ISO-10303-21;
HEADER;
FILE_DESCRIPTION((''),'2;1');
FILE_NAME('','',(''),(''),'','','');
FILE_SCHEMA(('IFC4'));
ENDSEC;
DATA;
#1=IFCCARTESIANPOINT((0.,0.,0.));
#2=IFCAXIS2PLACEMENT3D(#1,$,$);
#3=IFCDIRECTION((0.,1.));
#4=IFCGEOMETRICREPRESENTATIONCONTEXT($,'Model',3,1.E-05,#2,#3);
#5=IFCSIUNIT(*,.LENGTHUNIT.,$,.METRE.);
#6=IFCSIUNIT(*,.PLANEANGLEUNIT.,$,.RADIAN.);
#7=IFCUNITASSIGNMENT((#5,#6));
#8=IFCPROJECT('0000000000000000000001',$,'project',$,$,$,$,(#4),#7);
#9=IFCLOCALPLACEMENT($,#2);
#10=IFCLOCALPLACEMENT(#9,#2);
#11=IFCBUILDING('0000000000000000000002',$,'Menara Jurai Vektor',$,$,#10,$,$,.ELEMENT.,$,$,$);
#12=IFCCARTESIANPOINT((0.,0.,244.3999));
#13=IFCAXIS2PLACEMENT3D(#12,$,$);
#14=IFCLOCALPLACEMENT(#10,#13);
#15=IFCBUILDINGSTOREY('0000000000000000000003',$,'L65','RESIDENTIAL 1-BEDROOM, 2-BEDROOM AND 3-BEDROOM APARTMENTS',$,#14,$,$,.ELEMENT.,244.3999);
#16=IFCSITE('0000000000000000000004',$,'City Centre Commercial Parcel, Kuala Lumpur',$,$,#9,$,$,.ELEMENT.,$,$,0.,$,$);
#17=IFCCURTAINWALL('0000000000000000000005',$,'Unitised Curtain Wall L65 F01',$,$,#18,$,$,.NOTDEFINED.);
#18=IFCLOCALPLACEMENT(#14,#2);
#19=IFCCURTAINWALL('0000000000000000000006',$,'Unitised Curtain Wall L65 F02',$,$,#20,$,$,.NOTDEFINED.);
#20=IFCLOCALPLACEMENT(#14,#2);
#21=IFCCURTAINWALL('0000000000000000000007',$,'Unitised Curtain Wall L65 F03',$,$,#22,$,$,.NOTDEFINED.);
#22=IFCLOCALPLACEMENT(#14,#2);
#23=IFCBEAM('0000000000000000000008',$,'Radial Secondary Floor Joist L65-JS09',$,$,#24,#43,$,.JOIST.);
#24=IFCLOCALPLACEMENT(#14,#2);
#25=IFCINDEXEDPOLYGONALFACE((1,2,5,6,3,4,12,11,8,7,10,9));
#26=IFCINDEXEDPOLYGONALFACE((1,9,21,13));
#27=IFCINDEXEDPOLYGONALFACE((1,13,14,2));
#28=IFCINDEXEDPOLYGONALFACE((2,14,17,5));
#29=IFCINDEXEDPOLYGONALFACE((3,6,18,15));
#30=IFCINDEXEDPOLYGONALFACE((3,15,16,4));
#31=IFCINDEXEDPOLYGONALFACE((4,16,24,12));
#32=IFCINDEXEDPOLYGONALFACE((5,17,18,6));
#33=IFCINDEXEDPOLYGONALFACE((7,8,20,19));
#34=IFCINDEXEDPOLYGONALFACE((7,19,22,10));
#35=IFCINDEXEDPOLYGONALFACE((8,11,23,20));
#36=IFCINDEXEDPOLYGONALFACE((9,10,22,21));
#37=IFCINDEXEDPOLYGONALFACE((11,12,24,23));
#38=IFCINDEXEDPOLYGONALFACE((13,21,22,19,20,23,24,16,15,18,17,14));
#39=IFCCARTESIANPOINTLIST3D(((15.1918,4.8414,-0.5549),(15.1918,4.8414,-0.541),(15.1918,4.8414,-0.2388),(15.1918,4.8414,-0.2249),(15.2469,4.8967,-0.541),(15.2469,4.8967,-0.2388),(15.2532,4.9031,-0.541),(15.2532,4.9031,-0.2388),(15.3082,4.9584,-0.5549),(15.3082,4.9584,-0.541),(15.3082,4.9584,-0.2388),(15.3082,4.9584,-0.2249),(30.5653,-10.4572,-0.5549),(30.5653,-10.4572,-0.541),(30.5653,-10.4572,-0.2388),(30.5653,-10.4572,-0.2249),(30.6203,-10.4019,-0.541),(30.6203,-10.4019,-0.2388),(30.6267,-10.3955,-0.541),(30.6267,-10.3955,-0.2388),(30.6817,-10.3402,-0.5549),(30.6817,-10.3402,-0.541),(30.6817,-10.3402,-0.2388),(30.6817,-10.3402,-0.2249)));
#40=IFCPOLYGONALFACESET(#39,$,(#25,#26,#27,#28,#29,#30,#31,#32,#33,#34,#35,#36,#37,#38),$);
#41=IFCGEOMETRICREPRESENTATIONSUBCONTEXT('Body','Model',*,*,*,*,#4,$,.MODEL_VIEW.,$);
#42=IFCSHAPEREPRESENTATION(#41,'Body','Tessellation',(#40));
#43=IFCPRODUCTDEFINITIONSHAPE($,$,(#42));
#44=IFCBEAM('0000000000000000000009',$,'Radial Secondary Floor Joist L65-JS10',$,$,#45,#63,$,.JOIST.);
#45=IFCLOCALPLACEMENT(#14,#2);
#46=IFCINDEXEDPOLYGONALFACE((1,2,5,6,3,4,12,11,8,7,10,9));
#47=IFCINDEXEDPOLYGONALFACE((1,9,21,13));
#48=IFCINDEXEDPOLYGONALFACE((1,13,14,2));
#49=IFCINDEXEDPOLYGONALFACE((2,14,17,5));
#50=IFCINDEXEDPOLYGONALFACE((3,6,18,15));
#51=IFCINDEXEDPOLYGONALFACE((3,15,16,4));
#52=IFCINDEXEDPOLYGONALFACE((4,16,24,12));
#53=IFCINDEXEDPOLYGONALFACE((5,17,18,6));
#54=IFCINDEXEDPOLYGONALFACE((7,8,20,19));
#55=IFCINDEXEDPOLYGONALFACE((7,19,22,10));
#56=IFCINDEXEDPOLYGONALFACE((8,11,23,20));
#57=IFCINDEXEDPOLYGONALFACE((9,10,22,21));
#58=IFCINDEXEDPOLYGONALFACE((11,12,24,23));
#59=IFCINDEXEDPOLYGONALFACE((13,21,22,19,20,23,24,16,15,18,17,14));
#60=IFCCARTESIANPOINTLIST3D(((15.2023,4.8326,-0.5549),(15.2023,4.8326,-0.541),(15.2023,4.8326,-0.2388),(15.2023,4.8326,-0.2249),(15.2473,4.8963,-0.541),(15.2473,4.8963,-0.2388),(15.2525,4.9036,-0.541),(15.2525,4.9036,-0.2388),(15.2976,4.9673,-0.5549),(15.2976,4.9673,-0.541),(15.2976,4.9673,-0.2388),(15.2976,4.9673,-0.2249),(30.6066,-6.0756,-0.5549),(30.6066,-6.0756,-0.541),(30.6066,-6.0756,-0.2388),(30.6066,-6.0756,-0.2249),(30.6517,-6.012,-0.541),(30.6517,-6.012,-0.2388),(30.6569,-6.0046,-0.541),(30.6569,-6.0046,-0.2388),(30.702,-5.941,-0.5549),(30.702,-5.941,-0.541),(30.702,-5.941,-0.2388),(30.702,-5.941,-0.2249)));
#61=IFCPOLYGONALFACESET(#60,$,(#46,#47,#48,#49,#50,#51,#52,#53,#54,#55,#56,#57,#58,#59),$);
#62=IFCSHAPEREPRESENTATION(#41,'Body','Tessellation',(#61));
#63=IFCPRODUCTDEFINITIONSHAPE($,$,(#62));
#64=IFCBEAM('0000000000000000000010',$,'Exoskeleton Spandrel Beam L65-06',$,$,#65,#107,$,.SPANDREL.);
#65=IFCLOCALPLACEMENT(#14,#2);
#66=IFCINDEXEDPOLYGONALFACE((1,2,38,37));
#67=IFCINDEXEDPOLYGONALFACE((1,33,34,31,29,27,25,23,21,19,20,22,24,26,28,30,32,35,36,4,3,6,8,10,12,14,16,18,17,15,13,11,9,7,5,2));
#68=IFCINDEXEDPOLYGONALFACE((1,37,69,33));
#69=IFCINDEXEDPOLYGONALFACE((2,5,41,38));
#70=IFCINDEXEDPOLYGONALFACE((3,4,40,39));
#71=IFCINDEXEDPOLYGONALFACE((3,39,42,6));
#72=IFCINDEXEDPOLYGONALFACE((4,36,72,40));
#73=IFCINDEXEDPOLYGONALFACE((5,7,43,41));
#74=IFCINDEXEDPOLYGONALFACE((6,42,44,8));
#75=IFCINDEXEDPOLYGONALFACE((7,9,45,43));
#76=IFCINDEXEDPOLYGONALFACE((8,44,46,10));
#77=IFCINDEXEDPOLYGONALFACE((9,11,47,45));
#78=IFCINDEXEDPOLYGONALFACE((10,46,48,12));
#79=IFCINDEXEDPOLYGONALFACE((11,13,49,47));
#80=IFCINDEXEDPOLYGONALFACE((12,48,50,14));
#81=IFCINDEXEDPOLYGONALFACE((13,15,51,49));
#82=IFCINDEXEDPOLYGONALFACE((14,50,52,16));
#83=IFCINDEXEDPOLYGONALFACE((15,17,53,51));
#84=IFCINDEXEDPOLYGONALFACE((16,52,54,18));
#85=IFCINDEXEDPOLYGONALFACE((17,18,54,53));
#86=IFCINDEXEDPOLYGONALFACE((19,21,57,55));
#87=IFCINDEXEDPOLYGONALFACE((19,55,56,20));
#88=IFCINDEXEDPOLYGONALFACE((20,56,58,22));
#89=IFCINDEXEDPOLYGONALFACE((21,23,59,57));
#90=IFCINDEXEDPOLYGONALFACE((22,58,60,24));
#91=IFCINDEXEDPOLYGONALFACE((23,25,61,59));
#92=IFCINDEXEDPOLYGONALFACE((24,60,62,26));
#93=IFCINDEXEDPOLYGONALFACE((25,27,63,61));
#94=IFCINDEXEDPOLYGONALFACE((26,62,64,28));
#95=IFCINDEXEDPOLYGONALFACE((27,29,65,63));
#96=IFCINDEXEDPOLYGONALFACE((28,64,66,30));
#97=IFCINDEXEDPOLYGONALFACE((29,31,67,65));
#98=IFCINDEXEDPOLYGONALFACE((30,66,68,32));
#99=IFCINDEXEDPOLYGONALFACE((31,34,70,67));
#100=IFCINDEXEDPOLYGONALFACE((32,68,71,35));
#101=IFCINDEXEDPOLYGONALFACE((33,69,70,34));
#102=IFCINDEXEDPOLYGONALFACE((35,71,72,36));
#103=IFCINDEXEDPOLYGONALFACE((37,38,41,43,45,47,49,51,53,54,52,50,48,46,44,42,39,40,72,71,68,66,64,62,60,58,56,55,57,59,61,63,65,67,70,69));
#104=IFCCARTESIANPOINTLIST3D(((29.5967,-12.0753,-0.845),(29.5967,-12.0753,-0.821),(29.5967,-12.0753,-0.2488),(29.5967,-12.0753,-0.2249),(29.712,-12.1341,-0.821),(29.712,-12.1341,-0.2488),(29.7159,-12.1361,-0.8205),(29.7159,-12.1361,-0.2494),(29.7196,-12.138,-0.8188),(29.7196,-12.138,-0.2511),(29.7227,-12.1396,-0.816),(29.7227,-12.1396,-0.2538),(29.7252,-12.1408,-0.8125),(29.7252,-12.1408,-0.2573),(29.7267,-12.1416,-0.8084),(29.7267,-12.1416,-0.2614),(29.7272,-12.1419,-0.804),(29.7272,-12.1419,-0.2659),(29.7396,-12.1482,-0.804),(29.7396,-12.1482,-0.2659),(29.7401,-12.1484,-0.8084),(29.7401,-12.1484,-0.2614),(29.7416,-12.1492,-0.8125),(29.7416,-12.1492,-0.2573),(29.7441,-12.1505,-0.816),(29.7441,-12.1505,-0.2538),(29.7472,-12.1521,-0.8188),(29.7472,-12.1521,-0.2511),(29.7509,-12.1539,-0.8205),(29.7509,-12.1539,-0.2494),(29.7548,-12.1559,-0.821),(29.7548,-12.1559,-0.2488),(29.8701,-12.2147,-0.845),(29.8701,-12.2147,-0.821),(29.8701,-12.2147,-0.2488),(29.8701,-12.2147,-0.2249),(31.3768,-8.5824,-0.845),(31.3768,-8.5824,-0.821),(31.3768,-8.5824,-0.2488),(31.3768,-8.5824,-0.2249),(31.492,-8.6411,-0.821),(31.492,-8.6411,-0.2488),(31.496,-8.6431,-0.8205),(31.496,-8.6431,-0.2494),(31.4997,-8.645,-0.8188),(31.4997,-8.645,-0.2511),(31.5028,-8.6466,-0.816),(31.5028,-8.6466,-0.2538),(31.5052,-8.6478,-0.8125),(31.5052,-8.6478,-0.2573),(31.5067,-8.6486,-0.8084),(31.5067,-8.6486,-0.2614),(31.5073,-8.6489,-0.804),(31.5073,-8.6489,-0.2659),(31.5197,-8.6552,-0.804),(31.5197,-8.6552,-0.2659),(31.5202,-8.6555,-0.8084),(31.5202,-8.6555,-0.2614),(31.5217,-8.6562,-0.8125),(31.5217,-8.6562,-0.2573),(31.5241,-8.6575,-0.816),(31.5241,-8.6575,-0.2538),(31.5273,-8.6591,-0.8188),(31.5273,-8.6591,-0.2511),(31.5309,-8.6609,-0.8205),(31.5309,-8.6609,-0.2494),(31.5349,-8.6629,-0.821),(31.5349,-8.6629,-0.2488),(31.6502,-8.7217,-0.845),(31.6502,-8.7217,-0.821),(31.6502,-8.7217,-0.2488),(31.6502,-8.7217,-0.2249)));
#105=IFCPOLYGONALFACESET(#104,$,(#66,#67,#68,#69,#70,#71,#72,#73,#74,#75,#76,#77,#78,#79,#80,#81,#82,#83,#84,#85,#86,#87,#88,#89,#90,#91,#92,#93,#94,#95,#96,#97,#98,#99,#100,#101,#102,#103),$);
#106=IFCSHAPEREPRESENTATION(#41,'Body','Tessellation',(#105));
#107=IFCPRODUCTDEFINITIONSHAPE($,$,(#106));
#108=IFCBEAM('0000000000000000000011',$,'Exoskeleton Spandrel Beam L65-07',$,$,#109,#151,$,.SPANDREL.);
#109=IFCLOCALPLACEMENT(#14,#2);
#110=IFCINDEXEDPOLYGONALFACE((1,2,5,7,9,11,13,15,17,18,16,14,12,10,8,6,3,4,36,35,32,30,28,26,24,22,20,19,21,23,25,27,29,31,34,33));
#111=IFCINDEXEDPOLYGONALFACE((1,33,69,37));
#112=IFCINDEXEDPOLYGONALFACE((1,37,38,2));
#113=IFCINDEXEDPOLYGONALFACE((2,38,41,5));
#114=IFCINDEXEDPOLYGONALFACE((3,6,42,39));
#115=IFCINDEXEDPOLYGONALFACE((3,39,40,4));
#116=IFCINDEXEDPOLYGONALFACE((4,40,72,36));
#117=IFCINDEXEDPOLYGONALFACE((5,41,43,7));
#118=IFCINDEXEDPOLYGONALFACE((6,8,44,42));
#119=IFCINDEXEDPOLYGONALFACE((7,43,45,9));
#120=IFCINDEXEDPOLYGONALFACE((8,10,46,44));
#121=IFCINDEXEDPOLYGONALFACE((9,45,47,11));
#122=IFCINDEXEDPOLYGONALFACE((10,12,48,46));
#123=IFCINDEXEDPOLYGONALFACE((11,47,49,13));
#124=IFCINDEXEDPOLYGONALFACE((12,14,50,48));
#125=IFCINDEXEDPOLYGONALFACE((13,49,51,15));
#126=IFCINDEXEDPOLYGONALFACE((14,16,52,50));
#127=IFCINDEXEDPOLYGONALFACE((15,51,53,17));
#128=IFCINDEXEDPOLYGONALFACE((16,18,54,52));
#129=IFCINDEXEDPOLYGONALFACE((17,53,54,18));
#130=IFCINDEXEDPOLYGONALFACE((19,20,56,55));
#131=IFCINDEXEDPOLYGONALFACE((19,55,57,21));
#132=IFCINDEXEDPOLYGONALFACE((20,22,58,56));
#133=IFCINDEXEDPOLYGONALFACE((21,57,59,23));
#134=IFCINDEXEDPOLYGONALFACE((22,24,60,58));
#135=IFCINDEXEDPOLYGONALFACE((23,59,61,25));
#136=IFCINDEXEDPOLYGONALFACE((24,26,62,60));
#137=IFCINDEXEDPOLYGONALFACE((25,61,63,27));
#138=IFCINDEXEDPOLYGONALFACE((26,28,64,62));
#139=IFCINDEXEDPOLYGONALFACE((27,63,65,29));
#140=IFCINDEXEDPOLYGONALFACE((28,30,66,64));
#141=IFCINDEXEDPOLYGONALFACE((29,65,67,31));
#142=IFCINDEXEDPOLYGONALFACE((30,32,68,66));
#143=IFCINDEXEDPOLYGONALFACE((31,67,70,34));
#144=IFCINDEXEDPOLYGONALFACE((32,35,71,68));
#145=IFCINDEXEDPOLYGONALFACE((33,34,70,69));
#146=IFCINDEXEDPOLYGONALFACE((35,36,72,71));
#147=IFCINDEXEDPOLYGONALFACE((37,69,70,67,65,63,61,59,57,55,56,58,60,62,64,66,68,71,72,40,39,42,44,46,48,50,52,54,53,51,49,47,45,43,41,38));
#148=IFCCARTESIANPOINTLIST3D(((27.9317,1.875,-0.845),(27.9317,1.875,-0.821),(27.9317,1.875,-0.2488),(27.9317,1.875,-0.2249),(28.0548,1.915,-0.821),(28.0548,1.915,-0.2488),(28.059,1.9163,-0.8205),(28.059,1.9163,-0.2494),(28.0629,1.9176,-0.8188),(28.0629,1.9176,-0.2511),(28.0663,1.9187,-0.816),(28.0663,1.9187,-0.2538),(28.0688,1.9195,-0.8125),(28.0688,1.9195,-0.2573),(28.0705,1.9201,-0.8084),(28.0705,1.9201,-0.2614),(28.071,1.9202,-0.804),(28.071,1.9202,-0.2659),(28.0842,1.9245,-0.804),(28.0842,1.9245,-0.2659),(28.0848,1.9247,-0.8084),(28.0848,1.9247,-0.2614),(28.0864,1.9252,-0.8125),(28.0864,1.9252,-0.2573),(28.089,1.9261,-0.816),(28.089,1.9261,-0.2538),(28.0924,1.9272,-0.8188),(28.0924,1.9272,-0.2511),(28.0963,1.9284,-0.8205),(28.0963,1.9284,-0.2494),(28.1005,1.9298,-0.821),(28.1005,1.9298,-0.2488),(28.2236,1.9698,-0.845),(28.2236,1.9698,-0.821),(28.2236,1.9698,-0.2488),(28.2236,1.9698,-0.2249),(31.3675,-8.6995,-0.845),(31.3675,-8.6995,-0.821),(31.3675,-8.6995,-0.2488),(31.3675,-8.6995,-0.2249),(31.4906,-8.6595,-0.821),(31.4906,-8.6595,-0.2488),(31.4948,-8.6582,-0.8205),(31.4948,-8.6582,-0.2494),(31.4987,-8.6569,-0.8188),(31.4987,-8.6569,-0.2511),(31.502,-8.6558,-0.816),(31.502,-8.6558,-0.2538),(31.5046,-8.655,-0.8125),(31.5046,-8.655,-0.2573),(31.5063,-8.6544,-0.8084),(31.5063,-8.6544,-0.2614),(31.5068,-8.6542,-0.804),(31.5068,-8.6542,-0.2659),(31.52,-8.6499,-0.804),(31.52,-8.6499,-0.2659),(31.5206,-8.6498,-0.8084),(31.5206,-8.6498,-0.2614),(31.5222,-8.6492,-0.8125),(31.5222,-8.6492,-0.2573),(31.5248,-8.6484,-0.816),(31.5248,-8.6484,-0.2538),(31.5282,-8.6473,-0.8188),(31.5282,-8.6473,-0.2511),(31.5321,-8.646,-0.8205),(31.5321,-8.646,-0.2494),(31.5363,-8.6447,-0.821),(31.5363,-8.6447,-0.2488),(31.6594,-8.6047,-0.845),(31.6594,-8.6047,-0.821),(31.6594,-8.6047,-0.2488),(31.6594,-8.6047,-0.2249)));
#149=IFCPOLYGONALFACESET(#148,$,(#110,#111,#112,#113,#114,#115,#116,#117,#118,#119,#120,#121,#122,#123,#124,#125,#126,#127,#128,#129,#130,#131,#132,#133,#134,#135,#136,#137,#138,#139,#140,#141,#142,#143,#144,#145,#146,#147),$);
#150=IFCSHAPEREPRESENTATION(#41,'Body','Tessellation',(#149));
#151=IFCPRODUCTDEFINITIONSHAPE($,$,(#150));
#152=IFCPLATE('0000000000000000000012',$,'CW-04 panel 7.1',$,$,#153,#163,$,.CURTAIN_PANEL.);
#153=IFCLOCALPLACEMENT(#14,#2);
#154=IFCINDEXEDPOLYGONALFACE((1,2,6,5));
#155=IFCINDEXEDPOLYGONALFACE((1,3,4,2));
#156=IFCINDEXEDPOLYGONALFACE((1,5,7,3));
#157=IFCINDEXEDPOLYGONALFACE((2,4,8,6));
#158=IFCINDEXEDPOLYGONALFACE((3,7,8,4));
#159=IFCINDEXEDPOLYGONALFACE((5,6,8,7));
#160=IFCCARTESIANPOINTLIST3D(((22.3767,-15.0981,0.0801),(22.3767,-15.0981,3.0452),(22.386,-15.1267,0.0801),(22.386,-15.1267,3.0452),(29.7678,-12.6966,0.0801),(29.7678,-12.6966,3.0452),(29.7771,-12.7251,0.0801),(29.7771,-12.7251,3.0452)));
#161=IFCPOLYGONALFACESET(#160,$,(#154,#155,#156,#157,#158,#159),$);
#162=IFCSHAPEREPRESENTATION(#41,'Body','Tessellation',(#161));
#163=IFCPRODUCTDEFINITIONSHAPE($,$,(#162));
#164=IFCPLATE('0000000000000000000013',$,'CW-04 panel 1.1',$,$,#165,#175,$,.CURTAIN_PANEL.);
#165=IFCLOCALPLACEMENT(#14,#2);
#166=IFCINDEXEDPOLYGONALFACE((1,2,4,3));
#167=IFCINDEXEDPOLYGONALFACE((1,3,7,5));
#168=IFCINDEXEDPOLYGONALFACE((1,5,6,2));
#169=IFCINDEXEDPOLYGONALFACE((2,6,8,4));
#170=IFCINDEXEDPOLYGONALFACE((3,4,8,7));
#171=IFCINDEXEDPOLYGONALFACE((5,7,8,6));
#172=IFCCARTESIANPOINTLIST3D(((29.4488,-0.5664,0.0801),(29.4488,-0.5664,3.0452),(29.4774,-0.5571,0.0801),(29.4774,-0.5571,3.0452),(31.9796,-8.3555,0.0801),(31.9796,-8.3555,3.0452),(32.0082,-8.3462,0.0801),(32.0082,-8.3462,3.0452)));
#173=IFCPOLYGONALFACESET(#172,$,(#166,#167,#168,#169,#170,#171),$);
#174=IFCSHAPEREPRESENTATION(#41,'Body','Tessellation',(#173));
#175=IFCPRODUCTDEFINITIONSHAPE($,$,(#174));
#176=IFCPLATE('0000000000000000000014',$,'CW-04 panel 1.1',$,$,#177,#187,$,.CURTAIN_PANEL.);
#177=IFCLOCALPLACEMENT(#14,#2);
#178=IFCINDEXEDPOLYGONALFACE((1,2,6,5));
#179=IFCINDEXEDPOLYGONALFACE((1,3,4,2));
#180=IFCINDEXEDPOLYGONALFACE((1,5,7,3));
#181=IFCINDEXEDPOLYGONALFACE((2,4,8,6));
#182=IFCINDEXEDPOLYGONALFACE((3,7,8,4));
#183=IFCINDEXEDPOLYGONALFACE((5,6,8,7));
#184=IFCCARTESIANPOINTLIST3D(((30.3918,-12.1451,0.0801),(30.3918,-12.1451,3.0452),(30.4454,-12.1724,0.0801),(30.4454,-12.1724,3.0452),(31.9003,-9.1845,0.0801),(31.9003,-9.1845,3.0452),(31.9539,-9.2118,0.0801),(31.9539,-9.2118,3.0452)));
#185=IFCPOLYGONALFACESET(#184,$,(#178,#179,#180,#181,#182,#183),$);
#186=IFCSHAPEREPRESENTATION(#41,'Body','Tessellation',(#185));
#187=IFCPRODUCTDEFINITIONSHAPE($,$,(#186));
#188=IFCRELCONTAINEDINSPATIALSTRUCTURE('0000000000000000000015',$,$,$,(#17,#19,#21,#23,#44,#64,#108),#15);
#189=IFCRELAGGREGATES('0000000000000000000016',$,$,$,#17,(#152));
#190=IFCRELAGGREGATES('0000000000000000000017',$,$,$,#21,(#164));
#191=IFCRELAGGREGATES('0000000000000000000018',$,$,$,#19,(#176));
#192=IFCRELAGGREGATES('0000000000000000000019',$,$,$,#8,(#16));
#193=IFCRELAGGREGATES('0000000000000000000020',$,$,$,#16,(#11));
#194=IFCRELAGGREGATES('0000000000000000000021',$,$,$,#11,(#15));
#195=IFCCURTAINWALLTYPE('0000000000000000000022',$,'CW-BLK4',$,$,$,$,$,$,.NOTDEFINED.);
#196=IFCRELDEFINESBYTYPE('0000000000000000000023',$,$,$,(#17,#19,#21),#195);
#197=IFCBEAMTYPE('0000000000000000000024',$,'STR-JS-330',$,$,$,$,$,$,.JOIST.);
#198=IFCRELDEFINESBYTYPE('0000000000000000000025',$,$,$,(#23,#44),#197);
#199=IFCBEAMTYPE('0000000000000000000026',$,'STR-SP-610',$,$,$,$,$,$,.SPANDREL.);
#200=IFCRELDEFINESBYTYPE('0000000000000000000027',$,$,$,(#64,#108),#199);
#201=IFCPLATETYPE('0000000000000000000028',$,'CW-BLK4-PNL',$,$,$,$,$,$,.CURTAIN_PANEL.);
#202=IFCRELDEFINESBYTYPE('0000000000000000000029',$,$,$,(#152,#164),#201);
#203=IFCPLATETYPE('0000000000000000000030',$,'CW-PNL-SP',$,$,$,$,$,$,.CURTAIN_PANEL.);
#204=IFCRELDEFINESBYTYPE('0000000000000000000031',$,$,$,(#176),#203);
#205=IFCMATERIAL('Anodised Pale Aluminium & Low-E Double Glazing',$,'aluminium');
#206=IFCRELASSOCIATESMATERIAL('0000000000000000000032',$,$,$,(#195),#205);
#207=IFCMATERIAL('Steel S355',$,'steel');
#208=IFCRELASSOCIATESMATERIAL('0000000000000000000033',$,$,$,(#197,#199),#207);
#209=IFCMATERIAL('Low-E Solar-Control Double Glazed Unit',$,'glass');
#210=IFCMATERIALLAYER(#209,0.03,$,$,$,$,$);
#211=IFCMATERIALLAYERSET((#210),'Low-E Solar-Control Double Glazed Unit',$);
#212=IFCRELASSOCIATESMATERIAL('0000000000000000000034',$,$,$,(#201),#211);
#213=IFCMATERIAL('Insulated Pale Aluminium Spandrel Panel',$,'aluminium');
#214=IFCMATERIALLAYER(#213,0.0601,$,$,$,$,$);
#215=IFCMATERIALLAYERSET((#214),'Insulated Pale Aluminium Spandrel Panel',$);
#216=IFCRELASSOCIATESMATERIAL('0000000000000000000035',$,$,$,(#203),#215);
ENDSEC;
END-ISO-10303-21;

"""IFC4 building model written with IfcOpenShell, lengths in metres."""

from ifc_helpers import new_model, si_unit, direction, frame, origin, origin_2d, place, context, subcontext, project, spatial, rectangle, i_section, extrude, material, layer, layer_set, material_profile, profile_set, type_object, element, aggregate, save


model = new_model("IFC4")

# Units and contexts
model_context = context("Model", 3, precision=1e-05, world=origin(), true_north=direction((0.0, 1.0)))
body_context = subcontext(model_context, "Body", "Model", "MODEL_VIEW")
ifc_project = project(units=[si_unit("LENGTHUNIT", "METRE"), si_unit("PLANEANGLEUNIT", "RADIAN")], contexts=[model_context])

# Site, building, storey
site_placement = place(None, origin())
site = spatial("IfcSite", under=ifc_project, at=site_placement, Name="City Centre Commercial Parcel, Kuala Lumpur", CompositionType="ELEMENT", RefElevation=0.0)
building_placement = place(site_placement, origin())
building = spatial("IfcBuilding", under=site, at=building_placement, Name="Menara Jurai Vektor", CompositionType="ELEMENT")
storey_placement = place(building_placement, frame((0.0, 0.0, 244.3999)))
storey = spatial("IfcBuildingStorey", under=building, at=storey_placement, Name="L65", Description="RESIDENTIAL 1-BEDROOM, 2-BEDROOM AND 3-BEDROOM APARTMENTS", CompositionType="ELEMENT", Elevation=244.3999)

# Curtain wall
ifc_material_1 = material(Name="Anodised Pale Aluminium & Low-E Double Glazing", Category="aluminium")
curtain_wall_type = type_object("IfcCurtainWallType", Name="CW-BLK4", PredefinedType="NOTDEFINED", material=ifc_material_1)
curtain_wall_1_placement = place(storey_placement, origin())
curtain_wall_1 = element("IfcCurtainWall", 1, at=curtain_wall_1_placement, inside=storey, type_object=curtain_wall_type, Name="Unitised Curtain Wall L65 F01", PredefinedType="NOTDEFINED")

# Curtain walls
curtain_wall_2_placement = place(storey_placement, origin())
curtain_wall_2 = element("IfcCurtainWall", 2, at=curtain_wall_2_placement, inside=storey, type_object=curtain_wall_type, Name="Unitised Curtain Wall L65 F02", PredefinedType="NOTDEFINED")
curtain_wall_3_placement = place(storey_placement, origin())
curtain_wall_3 = element("IfcCurtainWall", 3, at=curtain_wall_3_placement, inside=storey, type_object=curtain_wall_type, Name="Unitised Curtain Wall L65 F03", PredefinedType="NOTDEFINED")

# Shared definitions
ifc_material_2 = material(Name="Steel S355", Category="steel")

# Beams
ifc_material_profile_1 = material_profile(ifc_material_2, i_section(OverallWidth=0.165, OverallDepth=0.3301, WebThickness=0.009, FlangeThickness=0.0139, at=origin_2d()), Name="PG 330x165x46")
ifc_profile_set_1 = profile_set([ifc_material_profile_1], Name="Steel S355")
beam_type_1 = type_object("IfcBeamType", Name="STR-JS-330", PredefinedType="JOIST", material=ifc_profile_set_1)
beam_1_placement = place(storey_placement, frame((30.6235, -10.3987, -0.3899), z_axis=(-0.708833, 0.705377, 0.0), x_axis=(-0.705377, -0.708833, 0.0)))
element("IfcBeam", 4, at=beam_1_placement, inside=storey, type_object=beam_type_1, Name="Radial Secondary Floor Joist L65-JS09", PredefinedType="JOIST", context=body_context, shape_type="SweptSolid", body=[
    extrude(i_section(OverallWidth=0.165, OverallDepth=0.3301, WebThickness=0.009, FlangeThickness=0.0139, at=origin_2d()), origin(), (0.0, 0.0, 1.0), 21.6885),
])
beam_2_placement = place(storey_placement, frame((30.6543, -6.0083, -0.3899), z_axis=(-0.816104, 0.577905, 0.0), x_axis=(-0.577905, -0.816104, 0.0)))
element("IfcBeam", 5, at=beam_2_placement, inside=storey, type_object=beam_type_1, Name="Radial Secondary Floor Joist L65-JS10", PredefinedType="JOIST", context=body_context, shape_type="SweptSolid", body=[
    extrude(i_section(OverallWidth=0.165, OverallDepth=0.3301, WebThickness=0.009, FlangeThickness=0.0139, at=origin_2d()), origin(), (0.0, 0.0, 1.0), 18.8755),
])
ifc_material_profile_2 = material_profile(ifc_material_2, i_section(OverallWidth=0.3069, OverallDepth=0.6201, WebThickness=0.0139, FlangeThickness=0.0239, FilletRadius=0.0171, at=origin_2d()), Name="UKB 610x305x179")
ifc_profile_set_2 = profile_set([ifc_material_profile_2], Name="Steel S355")
beam_type_2 = type_object("IfcBeamType", Name="STR-SP-610", PredefinedType="SPANDREL", material=ifc_profile_set_2)
beam_3_placement = place(storey_placement, frame((29.7334, -12.145, -0.5349), z_axis=(0.454051, 0.890976, 0.0), x_axis=(-0.890976, 0.454051, 0.0)))
element("IfcBeam", 6, at=beam_3_placement, inside=storey, type_object=beam_type_2, Name="Exoskeleton Spandrel Beam L65-06", PredefinedType="SPANDREL", context=body_context, shape_type="SweptSolid", body=[
    extrude(i_section(OverallWidth=0.3069, OverallDepth=0.6201, WebThickness=0.0139, FlangeThickness=0.0239, FilletRadius=0.0171, at=origin_2d()), origin(), (0.0, 0.0, 1.0), 3.9204),
])
beam_4_placement = place(storey_placement, frame((31.5134, -8.6521, -0.5349), z_axis=(-0.309012, 0.951058, 0.0), x_axis=(-0.951058, -0.309012, 0.0)))
element("IfcBeam", 7, at=beam_4_placement, inside=storey, type_object=beam_type_2, Name="Exoskeleton Spandrel Beam L65-07", PredefinedType="SPANDREL", context=body_context, shape_type="SweptSolid", body=[
    extrude(i_section(OverallWidth=0.3069, OverallDepth=0.6201, WebThickness=0.0139, FlangeThickness=0.0239, FilletRadius=0.0171, at=origin_2d()), origin(), (0.0, 0.0, 1.0), 11.1187),
])

# Plates
ifc_material_3 = material(Name="Low-E Solar-Control Double Glazed Unit", Category="glass")
ifc_layer_1 = layer(ifc_material_3, 0.03)
ifc_layer_set_1 = layer_set([ifc_layer_1], Name="Low-E Solar-Control Double Glazed Unit")
plate_type_1 = type_object("IfcPlateType", Name="CW-BLK4-PNL", PredefinedType="CURTAIN_PANEL", material=ifc_layer_set_1)
plate_1_placement = place(storey_placement, frame((26.0769, -13.9116, 0.0801), z_axis=(0.0, 0.0, 1.0), x_axis=(0.951056, 0.309017, 0.0)))
plate_1 = element("IfcPlate", 8, at=plate_1_placement, type_object=plate_type_1, Name="CW-04 panel 7.1", PredefinedType="CURTAIN_PANEL", context=body_context, shape_type="SweptSolid", body=[
    extrude(rectangle(XDim=7.7715, YDim=0.03, at=origin_2d()), origin(), (0.0, 0.0, 1.0), 2.9651),
])
aggregate(curtain_wall_1, [plate_1])
plate_2_placement = place(storey_placement, frame((30.7285, -4.4563, 0.0801), z_axis=(0.0, 0.0, 1.0), x_axis=(-0.309016, 0.951057, 0.0)))
plate_2 = element("IfcPlate", 9, at=plate_2_placement, type_object=plate_type_1, Name="CW-04 panel 1.1", PredefinedType="CURTAIN_PANEL", context=body_context, shape_type="SweptSolid", body=[
    extrude(rectangle(XDim=8.1899, YDim=0.03, at=origin_2d()), origin(), (0.0, 0.0, 1.0), 2.9651),
])
aggregate(curtain_wall_3, [plate_2])
ifc_material_4 = material(Name="Insulated Pale Aluminium Spandrel Panel", Category="aluminium")
ifc_layer_2 = layer(ifc_material_4, 0.0601)
ifc_layer_set_2 = layer_set([ifc_layer_2], Name="Insulated Pale Aluminium Spandrel Panel")
plate_type_2 = type_object("IfcPlateType", Name="CW-PNL-SP", PredefinedType="CURTAIN_PANEL", material=ifc_layer_set_2)
plate_3_placement = place(storey_placement, frame((31.1729, -10.6785, 0.0801), z_axis=(0.0, 0.0, 1.0), x_axis=(0.453989, 0.891008, 0.0)))
plate_3 = element("IfcPlate", 10, at=plate_3_placement, type_object=plate_type_2, Name="CW-04 panel 1.1", PredefinedType="CURTAIN_PANEL", context=body_context, shape_type="SweptSolid", body=[
    extrude(rectangle(XDim=3.3228, YDim=0.0601, at=origin_2d()), origin(), (0.0, 0.0, 1.0), 2.9651),
])
aggregate(curtain_wall_2, [plate_3])

save(model, "model.ifc")
